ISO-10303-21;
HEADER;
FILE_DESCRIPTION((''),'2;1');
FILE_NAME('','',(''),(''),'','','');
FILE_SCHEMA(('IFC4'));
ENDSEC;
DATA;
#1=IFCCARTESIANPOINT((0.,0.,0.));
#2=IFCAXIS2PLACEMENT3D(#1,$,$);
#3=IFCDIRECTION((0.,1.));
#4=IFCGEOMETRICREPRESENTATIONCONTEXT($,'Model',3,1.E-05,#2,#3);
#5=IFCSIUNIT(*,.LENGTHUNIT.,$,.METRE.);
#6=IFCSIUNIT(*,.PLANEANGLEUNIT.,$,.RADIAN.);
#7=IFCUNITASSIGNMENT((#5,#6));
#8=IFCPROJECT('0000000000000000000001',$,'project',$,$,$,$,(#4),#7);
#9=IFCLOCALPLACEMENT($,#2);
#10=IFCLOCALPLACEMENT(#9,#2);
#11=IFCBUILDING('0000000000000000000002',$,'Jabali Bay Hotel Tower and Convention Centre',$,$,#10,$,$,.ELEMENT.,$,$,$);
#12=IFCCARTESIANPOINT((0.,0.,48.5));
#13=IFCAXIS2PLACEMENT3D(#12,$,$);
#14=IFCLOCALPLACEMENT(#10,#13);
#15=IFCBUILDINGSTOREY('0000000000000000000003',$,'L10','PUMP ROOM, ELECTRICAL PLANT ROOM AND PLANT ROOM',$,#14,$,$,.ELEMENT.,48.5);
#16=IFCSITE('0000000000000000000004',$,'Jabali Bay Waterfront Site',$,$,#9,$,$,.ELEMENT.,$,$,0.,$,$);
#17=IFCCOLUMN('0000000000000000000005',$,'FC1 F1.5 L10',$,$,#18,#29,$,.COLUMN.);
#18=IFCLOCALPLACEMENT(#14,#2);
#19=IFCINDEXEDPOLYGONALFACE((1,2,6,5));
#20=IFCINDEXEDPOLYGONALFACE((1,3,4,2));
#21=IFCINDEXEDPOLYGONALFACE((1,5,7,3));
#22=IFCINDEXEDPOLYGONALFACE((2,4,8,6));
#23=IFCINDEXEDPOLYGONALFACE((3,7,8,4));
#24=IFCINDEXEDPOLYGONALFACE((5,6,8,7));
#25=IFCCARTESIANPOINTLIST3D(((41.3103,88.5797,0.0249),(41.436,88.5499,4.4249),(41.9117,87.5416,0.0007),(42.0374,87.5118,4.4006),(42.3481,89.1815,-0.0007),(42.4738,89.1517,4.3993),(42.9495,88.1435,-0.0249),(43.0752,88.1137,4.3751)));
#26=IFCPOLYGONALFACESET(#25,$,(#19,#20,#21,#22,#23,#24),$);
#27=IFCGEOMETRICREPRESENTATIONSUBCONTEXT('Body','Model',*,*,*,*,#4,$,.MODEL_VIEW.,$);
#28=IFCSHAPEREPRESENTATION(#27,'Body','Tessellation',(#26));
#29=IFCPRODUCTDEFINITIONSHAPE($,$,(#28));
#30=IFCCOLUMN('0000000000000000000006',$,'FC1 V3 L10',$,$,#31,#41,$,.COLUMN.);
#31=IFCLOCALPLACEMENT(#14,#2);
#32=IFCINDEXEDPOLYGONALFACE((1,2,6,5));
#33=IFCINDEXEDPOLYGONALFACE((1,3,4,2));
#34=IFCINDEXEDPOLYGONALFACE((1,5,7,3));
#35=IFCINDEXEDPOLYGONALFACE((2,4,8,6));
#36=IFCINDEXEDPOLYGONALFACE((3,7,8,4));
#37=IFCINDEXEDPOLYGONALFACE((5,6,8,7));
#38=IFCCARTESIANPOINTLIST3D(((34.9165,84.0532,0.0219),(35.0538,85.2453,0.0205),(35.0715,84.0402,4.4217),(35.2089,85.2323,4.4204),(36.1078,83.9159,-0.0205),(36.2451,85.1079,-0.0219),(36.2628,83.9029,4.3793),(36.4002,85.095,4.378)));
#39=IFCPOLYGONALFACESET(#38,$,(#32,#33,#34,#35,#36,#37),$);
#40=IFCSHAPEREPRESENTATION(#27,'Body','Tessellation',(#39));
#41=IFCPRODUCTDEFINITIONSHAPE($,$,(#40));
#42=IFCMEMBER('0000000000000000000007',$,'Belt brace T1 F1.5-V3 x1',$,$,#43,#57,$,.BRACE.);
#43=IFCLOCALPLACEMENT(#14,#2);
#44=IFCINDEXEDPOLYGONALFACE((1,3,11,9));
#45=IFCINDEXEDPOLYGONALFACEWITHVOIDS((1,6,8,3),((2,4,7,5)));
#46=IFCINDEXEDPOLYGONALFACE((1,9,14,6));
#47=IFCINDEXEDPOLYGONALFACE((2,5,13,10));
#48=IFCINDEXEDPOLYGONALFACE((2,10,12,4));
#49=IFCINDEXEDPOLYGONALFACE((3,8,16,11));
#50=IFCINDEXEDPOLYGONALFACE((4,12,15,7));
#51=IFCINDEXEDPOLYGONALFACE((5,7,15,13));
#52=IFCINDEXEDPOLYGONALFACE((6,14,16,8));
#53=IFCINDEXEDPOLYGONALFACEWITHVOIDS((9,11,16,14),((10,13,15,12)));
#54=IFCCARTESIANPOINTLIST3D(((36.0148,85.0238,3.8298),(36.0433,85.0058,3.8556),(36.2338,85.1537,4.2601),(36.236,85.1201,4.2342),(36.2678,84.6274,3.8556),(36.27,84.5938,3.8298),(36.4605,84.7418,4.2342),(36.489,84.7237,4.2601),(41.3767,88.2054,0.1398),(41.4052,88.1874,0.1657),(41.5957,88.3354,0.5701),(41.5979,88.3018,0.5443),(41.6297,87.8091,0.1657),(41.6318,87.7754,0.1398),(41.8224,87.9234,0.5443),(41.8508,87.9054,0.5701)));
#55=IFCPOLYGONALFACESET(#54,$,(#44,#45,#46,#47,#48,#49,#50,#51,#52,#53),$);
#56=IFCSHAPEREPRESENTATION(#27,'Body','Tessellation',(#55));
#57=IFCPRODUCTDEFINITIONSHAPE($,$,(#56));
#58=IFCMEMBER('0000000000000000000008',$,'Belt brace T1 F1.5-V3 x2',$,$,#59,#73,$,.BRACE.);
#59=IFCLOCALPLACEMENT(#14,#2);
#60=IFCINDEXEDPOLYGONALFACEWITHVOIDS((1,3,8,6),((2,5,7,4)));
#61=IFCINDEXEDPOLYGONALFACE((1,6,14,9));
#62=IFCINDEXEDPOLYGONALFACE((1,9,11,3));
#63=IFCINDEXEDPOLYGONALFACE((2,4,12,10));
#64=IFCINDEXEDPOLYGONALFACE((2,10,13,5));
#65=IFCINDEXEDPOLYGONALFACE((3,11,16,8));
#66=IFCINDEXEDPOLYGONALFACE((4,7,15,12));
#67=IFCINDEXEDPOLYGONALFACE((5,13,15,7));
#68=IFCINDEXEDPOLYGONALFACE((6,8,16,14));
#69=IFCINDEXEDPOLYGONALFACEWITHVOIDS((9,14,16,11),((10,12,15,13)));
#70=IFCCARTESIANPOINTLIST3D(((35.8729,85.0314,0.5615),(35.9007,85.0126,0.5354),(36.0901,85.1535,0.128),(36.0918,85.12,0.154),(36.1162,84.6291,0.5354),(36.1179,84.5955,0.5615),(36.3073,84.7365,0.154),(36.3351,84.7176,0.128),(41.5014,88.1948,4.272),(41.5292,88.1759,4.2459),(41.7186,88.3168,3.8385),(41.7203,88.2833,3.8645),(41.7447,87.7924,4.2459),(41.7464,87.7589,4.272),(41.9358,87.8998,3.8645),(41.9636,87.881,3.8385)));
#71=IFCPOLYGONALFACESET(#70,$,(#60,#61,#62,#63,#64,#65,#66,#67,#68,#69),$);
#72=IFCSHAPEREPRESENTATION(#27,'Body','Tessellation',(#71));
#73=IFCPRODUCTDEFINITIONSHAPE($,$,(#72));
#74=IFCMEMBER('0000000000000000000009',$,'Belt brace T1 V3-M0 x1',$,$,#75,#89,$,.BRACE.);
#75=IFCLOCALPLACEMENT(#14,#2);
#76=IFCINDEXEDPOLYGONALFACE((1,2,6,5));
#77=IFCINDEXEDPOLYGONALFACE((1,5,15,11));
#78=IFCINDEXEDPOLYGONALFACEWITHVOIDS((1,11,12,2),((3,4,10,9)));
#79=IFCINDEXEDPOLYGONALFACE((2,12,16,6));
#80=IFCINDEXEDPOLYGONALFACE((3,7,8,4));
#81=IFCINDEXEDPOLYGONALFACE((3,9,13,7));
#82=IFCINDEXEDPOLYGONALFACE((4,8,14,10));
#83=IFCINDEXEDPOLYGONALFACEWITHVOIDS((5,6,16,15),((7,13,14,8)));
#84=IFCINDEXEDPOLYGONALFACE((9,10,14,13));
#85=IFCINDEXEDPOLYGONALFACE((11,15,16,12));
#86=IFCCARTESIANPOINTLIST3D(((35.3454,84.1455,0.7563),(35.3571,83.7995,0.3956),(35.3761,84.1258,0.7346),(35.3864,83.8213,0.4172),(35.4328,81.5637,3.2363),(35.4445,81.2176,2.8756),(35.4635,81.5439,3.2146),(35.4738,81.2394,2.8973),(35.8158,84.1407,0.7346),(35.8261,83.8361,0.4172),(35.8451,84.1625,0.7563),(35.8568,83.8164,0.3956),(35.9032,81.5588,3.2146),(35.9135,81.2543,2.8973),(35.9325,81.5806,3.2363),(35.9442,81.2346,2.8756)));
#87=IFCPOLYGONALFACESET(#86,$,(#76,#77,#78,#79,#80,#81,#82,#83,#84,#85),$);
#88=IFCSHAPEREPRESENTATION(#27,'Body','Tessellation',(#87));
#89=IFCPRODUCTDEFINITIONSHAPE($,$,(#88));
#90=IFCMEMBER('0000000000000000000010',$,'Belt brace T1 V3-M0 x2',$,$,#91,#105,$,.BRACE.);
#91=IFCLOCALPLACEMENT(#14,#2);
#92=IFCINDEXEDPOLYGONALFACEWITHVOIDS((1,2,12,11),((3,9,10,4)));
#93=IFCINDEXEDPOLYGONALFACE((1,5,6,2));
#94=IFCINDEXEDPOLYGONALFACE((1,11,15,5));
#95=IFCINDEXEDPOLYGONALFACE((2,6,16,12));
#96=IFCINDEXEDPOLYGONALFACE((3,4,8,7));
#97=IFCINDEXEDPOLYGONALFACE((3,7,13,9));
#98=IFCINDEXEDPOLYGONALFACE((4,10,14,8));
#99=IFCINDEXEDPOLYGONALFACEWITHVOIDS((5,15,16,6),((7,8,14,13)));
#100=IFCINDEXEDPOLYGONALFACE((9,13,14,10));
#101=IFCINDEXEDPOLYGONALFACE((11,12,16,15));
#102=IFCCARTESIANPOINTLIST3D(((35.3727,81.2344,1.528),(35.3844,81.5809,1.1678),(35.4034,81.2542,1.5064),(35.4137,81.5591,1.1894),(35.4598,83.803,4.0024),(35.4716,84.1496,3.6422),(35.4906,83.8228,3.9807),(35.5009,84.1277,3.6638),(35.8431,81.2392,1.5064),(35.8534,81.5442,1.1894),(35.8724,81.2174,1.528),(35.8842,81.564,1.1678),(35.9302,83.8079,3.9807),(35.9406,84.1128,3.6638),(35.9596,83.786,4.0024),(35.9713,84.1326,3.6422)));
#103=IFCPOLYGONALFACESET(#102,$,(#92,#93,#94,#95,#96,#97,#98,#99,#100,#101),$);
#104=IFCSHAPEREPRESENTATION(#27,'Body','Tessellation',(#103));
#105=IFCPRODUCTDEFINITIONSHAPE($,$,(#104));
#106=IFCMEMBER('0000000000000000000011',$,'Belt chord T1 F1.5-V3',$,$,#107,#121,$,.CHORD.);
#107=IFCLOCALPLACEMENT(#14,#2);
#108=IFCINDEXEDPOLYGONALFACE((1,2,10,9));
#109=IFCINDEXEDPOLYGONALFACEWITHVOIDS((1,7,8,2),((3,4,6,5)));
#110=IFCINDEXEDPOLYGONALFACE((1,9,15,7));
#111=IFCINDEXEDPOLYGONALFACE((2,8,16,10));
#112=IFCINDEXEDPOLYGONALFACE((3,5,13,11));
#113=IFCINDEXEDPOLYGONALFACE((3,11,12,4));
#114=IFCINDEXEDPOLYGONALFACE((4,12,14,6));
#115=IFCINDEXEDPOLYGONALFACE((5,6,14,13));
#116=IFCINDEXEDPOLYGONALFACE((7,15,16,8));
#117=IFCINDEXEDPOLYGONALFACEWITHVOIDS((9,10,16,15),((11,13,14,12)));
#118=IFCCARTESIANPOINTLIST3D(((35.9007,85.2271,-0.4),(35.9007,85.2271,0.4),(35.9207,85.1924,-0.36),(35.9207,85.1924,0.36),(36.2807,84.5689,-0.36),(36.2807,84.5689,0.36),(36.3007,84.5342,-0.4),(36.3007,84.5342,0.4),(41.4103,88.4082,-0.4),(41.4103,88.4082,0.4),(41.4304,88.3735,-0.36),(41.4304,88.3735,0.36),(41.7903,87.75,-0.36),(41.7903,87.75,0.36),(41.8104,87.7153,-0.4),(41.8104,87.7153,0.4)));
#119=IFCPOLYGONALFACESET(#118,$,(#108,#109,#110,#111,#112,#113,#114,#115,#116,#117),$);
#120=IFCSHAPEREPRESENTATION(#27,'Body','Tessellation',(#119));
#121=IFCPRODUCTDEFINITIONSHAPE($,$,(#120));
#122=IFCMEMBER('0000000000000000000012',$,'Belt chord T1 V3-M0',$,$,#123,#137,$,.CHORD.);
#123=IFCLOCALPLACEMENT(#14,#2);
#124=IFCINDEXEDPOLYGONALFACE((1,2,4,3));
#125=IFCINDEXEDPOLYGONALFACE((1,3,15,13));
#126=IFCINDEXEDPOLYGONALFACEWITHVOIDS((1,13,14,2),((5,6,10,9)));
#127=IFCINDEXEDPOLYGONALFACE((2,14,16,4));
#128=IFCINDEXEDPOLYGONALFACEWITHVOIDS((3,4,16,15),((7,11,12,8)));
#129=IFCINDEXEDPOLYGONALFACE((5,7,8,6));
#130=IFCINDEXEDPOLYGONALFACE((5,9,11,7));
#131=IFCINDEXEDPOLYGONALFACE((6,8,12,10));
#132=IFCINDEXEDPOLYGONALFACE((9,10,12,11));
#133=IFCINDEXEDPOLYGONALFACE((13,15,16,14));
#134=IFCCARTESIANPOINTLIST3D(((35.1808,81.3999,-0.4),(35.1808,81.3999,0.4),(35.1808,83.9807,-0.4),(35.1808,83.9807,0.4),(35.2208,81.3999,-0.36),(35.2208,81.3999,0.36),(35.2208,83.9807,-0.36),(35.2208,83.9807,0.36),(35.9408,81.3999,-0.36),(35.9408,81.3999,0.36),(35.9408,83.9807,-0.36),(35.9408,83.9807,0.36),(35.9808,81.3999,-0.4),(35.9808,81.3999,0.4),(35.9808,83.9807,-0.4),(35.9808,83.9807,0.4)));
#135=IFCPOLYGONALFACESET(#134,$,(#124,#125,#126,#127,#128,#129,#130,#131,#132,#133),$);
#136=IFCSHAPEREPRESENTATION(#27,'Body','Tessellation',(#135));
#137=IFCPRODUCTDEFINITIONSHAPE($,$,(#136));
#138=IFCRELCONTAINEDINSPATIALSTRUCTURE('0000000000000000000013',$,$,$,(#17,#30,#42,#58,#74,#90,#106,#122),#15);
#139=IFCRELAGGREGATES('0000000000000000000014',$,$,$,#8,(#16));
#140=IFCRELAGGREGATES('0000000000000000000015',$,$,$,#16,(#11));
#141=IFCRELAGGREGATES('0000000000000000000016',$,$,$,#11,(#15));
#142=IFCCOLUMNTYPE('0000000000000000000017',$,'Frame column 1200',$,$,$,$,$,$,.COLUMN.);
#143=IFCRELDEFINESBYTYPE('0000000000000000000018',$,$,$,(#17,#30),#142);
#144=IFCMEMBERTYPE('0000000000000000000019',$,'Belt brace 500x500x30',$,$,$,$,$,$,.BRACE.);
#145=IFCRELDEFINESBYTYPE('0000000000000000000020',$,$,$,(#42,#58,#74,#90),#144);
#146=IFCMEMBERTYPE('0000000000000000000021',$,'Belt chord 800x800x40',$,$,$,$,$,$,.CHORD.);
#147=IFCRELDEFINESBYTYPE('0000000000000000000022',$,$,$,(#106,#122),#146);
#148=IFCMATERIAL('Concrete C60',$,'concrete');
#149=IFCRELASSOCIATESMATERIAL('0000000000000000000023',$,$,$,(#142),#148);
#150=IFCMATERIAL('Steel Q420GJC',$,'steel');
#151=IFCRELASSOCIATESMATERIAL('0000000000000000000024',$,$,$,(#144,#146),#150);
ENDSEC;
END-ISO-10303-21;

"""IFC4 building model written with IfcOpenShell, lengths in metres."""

from ifc_helpers import new_model, si_unit, direction, frame, origin, origin_2d, place, context, subcontext, project, spatial, rectangle, hollow_rectangle, extrude, material, material_profile, profile_set, type_object, element, save


model = new_model("IFC4")

# Units and contexts
model_context = context("Model", 3, precision=1e-05, world=origin(), true_north=direction((0.0, 1.0)))
body_context = subcontext(model_context, "Body", "Model", "MODEL_VIEW")
ifc_project = project(units=[si_unit("LENGTHUNIT", "METRE"), si_unit("PLANEANGLEUNIT", "RADIAN")], contexts=[model_context])

# Site, building, storey
site_placement = place(None, origin())
site = spatial("IfcSite", under=ifc_project, at=site_placement, Name="Jabali Bay Waterfront Site", CompositionType="ELEMENT", RefElevation=0.0)
building_placement = place(site_placement, origin())
building = spatial("IfcBuilding", under=site, at=building_placement, Name="Jabali Bay Hotel Tower and Convention Centre", CompositionType="ELEMENT")
storey_placement = place(building_placement, frame((0.0, 0.0, 48.5)))
storey = spatial("IfcBuildingStorey", under=building, at=storey_placement, Name="L10", Description="PUMP ROOM, ELECTRICAL PLANT ROOM AND PLANT ROOM", CompositionType="ELEMENT", Elevation=48.5)

# Columns
ifc_material_1 = material(Name="Concrete C60", Category="concrete")
ifc_material_profile_1 = material_profile(ifc_material_1, rectangle(XDim=1.2, YDim=1.2, at=origin_2d()), Name="Frame column 1200")
ifc_profile_set_1 = profile_set([ifc_material_profile_1], Name="Concrete C60")
column_type = type_object("IfcColumnType", Name="Frame column 1200", PredefinedType="COLUMN", material=ifc_profile_set_1)
column_1_placement = place(storey_placement, frame((42.1299, 88.3616, 0.0), z_axis=(0.028564, -0.006767, 0.999569), x_axis=(-0.501207, 0.865092, 0.020179)))
element("IfcColumn", 1, at=column_1_placement, inside=storey, type_object=column_type, Name="FC1 F1.5 L10", PredefinedType="COLUMN", context=body_context, shape_type="SweptSolid", body=[
    extrude(rectangle(XDim=1.2, YDim=1.2, at=origin_2d()), origin(), (0.0, 0.0, 1.0), 4.4019),
])
column_2_placement = place(storey_placement, frame((35.5808, 84.5806, 0.0), z_axis=(0.035213, -0.002939, 0.999376), x_axis=(-0.992804, 0.114425, 0.035318)))
element("IfcColumn", 2, at=column_2_placement, inside=storey, type_object=column_type, Name="FC1 V3 L10", PredefinedType="COLUMN", context=body_context, shape_type="SweptSolid", body=[
    extrude(rectangle(XDim=1.2, YDim=1.2, at=origin_2d()), origin(), (0.0, 0.0, 1.0), 4.4026),
])

# Members
ifc_material_2 = material(Name="Steel Q420GJC", Category="steel")
ifc_material_profile_2 = material_profile(ifc_material_2, hollow_rectangle(XDim=0.5, YDim=0.5, WallThickness=0.03, at=origin_2d()), Name="Belt brace 500x500x30")
ifc_profile_set_2 = profile_set([ifc_material_profile_2], Name="Steel Q420GJC")
member_type_1 = type_object("IfcMemberType", Name="Belt brace 500x500x30", PredefinedType="BRACE", material=ifc_profile_set_2)
member_1_placement = place(storey_placement, frame((41.6138, 88.0554, 0.355), z_axis=(-0.740089, -0.43916, 0.509321), x_axis=(0.510309, -0.859991, 0.0)))
element("IfcMember", 3, at=member_1_placement, inside=storey, type_object=member_type_1, Name="Belt brace T1 F1.5-V3 x1", PredefinedType="BRACE", context=body_context, shape_type="SweptSolid", body=[
    extrude(hollow_rectangle(XDim=0.5, YDim=0.5, WallThickness=0.03, at=origin_2d()), origin(), (0.0, 0.0, 1.0), 7.2449),
])
member_2_placement = place(storey_placement, frame((36.104, 84.8745, 0.3447), z_axis=(0.755828, 0.424797, 0.498268), x_axis=(-0.489949, 0.871751, 0.0)))
element("IfcMember", 4, at=member_2_placement, inside=storey, type_object=member_type_1, Name="Belt brace T1 F1.5-V3 x2", PredefinedType="BRACE", context=body_context, shape_type="SweptSolid", body=[
    extrude(hollow_rectangle(XDim=0.5, YDim=0.5, WallThickness=0.03, at=origin_2d()), origin(), (0.0, 0.0, 1.0), 7.4468),
])
member_3_placement = place(storey_placement, frame((35.6011, 83.981, 0.5759), z_axis=(0.024407, -0.720968, 0.692538), x_axis=(0.999427, 0.033834, 0.0)))
element("IfcMember", 5, at=member_3_placement, inside=storey, type_object=member_type_1, Name="Belt brace T1 V3-M0 x1", PredefinedType="BRACE", context=body_context, shape_type="SweptSolid", body=[
    extrude(hollow_rectangle(XDim=0.5, YDim=0.5, WallThickness=0.03, at=origin_2d()), origin(), (0.0, 0.0, 1.0), 3.5811),
])
member_4_placement = place(storey_placement, frame((35.6284, 81.3992, 1.3479), z_axis=(0.02443, 0.71998, 0.693565), x_axis=(-0.999425, 0.033913, 0.0)))
element("IfcMember", 6, at=member_4_placement, inside=storey, type_object=member_type_1, Name="Belt brace T1 V3-M0 x2", PredefinedType="BRACE", context=body_context, shape_type="SweptSolid", body=[
    extrude(hollow_rectangle(XDim=0.5, YDim=0.5, WallThickness=0.03, at=origin_2d()), origin(), (0.0, 0.0, 1.0), 3.5676),
])
ifc_material_profile_3 = material_profile(ifc_material_2, hollow_rectangle(XDim=0.8, YDim=0.8, WallThickness=0.04, at=origin_2d()), Name="Belt chord 800x800x40")
ifc_profile_set_3 = profile_set([ifc_material_profile_3], Name="Steel Q420GJC")
member_type_2 = type_object("IfcMemberType", Name="Belt chord 800x800x40", PredefinedType="CHORD", material=ifc_profile_set_3)
member_5_placement = place(storey_placement, frame((41.6104, 88.0618, 0.0), z_axis=(-0.866019, -0.50001, 0.0), x_axis=(0.50001, -0.866019, 0.0)))
element("IfcMember", 7, at=member_5_placement, inside=storey, type_object=member_type_2, Name="Belt chord T1 F1.5-V3", PredefinedType="CHORD", context=body_context, shape_type="SweptSolid", body=[
    extrude(hollow_rectangle(XDim=0.8, YDim=0.8, WallThickness=0.04, at=origin_2d()), origin(), (0.0, 0.0, 1.0), 6.3621),
])
member_6_placement = place(storey_placement, frame((35.5808, 83.9807, 0.0), z_axis=(0.0, -1.0, 0.0), x_axis=(1.0, 0.0, 0.0)))
element("IfcMember", 8, at=member_6_placement, inside=storey, type_object=member_type_2, Name="Belt chord T1 V3-M0", PredefinedType="CHORD", context=body_context, shape_type="SweptSolid", body=[
    extrude(hollow_rectangle(XDim=0.8, YDim=0.8, WallThickness=0.04, at=origin_2d()), origin(), (0.0, 0.0, 1.0), 2.5808),
])

save(model, "model.ifc")
